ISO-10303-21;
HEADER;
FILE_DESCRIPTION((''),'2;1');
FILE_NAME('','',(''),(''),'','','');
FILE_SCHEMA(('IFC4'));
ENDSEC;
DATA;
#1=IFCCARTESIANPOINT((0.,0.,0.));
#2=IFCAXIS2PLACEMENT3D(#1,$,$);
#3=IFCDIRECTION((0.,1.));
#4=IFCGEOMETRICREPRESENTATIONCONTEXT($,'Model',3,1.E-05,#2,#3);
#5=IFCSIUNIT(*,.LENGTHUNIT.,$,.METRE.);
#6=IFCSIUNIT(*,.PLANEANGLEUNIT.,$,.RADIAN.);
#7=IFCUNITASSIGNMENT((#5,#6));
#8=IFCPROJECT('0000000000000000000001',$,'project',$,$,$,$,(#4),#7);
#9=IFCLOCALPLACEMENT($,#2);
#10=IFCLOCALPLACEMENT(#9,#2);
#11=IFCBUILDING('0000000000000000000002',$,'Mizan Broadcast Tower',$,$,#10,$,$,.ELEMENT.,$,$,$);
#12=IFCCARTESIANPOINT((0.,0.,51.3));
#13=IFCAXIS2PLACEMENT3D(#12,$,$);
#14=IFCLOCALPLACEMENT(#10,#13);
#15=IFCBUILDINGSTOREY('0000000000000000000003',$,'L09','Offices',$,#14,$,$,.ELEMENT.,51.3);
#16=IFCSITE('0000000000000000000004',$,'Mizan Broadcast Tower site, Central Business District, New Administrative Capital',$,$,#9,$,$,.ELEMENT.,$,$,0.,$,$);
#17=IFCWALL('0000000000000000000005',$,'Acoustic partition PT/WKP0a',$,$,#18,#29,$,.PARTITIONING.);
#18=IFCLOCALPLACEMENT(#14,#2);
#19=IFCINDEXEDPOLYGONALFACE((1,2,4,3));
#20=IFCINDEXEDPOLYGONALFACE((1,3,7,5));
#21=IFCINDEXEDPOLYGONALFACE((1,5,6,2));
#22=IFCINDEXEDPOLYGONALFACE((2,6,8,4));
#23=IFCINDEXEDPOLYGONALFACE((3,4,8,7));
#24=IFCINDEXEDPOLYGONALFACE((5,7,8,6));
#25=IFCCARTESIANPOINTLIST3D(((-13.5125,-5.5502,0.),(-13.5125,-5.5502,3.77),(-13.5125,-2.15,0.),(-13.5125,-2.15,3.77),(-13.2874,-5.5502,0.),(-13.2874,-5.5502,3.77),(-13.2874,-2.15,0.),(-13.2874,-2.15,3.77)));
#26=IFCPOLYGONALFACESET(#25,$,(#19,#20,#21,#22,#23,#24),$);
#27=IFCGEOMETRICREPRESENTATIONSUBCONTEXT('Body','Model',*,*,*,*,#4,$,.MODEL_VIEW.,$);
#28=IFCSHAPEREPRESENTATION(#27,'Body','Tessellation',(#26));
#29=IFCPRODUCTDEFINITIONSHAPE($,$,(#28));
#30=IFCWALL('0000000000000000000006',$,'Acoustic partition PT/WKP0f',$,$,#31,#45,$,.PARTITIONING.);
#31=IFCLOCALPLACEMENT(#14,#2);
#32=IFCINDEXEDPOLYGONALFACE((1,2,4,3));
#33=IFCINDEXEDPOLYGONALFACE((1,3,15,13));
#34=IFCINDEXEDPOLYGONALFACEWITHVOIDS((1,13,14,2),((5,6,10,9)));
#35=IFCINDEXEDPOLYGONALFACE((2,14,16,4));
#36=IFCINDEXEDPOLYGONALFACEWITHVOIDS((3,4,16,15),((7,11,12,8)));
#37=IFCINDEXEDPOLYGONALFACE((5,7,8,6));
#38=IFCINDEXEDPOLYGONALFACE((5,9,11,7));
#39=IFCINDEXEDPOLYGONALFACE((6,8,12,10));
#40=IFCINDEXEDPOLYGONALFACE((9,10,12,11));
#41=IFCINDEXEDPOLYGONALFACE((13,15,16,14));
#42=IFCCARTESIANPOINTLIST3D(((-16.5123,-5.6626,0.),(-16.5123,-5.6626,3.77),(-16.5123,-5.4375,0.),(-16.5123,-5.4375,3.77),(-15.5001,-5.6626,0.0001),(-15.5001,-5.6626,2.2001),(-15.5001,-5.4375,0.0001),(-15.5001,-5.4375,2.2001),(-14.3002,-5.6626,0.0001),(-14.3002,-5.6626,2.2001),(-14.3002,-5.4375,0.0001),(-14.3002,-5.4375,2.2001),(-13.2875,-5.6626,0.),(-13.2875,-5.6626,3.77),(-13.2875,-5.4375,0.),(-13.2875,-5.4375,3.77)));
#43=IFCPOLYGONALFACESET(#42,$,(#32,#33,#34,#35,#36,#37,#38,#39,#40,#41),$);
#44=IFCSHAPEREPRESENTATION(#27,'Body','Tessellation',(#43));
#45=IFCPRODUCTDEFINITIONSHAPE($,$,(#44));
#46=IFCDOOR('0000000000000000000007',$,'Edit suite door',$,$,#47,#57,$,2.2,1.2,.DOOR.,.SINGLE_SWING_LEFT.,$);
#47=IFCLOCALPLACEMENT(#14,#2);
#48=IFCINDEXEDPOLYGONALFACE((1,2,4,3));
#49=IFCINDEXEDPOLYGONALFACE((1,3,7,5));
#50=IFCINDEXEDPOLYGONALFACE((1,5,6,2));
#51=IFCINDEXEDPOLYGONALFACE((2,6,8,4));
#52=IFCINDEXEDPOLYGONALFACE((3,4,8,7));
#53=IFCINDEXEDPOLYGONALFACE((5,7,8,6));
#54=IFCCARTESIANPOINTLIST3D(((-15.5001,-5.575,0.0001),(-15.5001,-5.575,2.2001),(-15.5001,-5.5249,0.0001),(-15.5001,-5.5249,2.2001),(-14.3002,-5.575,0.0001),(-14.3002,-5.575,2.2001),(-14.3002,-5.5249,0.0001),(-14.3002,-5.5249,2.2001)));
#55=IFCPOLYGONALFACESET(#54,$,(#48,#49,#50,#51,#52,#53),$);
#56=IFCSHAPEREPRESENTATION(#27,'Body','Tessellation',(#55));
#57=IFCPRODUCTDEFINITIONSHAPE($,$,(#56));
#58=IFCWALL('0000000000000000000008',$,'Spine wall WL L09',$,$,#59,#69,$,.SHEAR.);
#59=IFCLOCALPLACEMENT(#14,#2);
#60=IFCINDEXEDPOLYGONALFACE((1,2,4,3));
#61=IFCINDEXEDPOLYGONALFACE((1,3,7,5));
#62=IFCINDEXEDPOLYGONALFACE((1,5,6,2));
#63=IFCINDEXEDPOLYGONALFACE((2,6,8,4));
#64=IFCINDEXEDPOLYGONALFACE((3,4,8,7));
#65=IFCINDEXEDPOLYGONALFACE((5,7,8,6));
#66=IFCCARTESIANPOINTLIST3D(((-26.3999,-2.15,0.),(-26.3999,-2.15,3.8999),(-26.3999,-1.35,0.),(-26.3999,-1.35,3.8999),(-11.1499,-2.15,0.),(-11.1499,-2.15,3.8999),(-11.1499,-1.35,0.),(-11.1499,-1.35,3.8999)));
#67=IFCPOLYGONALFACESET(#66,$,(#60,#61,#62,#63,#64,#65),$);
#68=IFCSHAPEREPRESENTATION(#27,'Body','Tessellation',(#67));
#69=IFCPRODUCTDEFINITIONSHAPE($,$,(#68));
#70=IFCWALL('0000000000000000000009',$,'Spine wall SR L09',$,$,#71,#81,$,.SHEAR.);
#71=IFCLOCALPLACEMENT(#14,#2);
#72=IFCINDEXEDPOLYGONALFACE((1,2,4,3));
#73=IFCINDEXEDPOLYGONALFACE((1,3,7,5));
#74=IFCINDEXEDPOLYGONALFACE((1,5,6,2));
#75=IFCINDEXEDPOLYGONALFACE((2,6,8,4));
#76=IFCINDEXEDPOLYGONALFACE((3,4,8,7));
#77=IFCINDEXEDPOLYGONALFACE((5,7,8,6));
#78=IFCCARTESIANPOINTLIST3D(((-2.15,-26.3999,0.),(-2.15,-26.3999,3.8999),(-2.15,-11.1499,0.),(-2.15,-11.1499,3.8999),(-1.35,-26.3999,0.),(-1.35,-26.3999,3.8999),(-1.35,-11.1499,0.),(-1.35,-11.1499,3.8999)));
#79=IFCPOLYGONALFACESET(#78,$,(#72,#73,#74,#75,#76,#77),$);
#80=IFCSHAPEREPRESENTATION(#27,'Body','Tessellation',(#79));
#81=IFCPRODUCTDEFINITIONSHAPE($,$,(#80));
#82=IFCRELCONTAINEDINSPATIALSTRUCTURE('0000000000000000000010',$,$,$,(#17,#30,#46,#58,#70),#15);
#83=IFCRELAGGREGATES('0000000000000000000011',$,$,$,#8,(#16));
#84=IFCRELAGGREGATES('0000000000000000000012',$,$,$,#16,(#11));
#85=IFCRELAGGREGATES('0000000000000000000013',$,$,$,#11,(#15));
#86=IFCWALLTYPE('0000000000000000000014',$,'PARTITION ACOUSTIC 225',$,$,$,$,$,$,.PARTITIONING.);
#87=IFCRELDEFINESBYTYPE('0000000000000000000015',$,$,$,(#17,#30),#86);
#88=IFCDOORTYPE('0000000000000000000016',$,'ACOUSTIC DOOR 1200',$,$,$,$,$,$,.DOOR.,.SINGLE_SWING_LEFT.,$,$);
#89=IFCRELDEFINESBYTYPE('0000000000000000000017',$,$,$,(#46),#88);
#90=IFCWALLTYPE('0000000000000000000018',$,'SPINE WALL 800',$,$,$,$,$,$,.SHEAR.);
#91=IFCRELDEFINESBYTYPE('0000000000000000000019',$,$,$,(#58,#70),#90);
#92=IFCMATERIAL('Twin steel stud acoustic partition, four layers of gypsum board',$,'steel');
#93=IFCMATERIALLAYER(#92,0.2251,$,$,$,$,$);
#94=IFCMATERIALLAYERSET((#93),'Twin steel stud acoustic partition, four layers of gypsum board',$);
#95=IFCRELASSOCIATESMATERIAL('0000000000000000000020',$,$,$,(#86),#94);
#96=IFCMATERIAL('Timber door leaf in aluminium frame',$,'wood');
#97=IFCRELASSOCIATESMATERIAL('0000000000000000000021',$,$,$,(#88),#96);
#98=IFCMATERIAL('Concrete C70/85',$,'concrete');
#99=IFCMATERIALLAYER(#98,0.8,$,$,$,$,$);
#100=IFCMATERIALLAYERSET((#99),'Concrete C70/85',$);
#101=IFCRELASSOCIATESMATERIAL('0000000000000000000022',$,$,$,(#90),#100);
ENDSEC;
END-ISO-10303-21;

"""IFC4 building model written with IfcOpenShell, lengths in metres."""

from ifc_helpers import new_model, si_unit, direction, frame, frame_2d, origin, place, context, subcontext, project, spatial, rectangle, extrude, material, layer, layer_set, type_object, element, fill, save


model = new_model("IFC4")

# Units and contexts
model_context = context("Model", 3, precision=1e-05, world=origin(), true_north=direction((0.0, 1.0)))
body_context = subcontext(model_context, "Body", "Model", "MODEL_VIEW")
ifc_project = project(units=[si_unit("LENGTHUNIT", "METRE"), si_unit("PLANEANGLEUNIT", "RADIAN")], contexts=[model_context])

# Site, building, storey
site_placement = place(None, origin())
site = spatial("IfcSite", under=ifc_project, at=site_placement, Name="Mizan Broadcast Tower site, Central Business District, New Administrative Capital", CompositionType="ELEMENT", RefElevation=0.0)
building_placement = place(site_placement, origin())
building = spatial("IfcBuilding", under=site, at=building_placement, Name="Mizan Broadcast Tower", CompositionType="ELEMENT")
storey_placement = place(building_placement, frame((0.0, 0.0, 51.3)))
storey = spatial("IfcBuildingStorey", under=building, at=storey_placement, Name="L09", Description="Offices", CompositionType="ELEMENT", Elevation=51.3)

# Wall
ifc_material_1 = material(Name="Twin steel stud acoustic partition, four layers of gypsum board", Category="steel")
ifc_layer_1 = layer(ifc_material_1, 0.2251)
ifc_layer_set_1 = layer_set([ifc_layer_1], Name="Twin steel stud acoustic partition, four layers of gypsum board")
wall_type_1 = type_object("IfcWallType", Name="PARTITION ACOUSTIC 225", PredefinedType="PARTITIONING", material=ifc_layer_set_1)
wall_1_placement = place(storey_placement, frame((-13.3999, -2.1499, 0.0), z_axis=(0.0, 0.0, 1.0), x_axis=(0.0, -1.0, 0.0)))
element("IfcWall", 1, at=wall_1_placement, inside=storey, type_object=wall_type_1, Name="Acoustic partition PT/WKP0a", PredefinedType="PARTITIONING", context=body_context, shape_type="SweptSolid", body=[
    extrude(rectangle(XDim=3.4001, YDim=0.2251, at=frame_2d((1.7002, 0.0))), origin(), (0.0, 0.0, 1.0), 3.77),
])

# Wall, opening, door
wall_2_placement = place(storey_placement, frame((-13.2876, -5.55, 0.0), z_axis=(0.0, 0.0, 1.0), x_axis=(-1.0, 0.0, 0.0)))
wall_2 = element("IfcWall", 2, at=wall_2_placement, inside=storey, type_object=wall_type_1, Name="Acoustic partition PT/WKP0f", PredefinedType="PARTITIONING", context=body_context, shape_type="SweptSolid", body=[
    extrude(rectangle(XDim=3.2249, YDim=0.2251, at=frame_2d((1.6123, 0.0))), origin(), (0.0, 0.0, 1.0), 3.77),
])
opening_1_placement = place(wall_2_placement, frame((1.0125, 0.0, 0.0)))
opening_1 = element("IfcOpeningElement", 3, at=opening_1_placement, cuts=wall_2, PredefinedType="OPENING", context=body_context, shape_type="SweptSolid", body=[
    extrude(rectangle(XDim=1.2, YDim=2.2, at=frame_2d((0.6001, 1.1001))), frame((0.0, 0.1226, 0.0), z_axis=(0.0, -1.0, 0.0), x_axis=(1.0, 0.0, 0.0)), (0.0, 0.0, 1.0), 0.2451),
])
ifc_material_2 = material(Name="Timber door leaf in aluminium frame", Category="wood")
door_type_1 = type_object("IfcDoorType", Name="ACOUSTIC DOOR 1200", OperationType="SINGLE_SWING_LEFT", PredefinedType="DOOR", material=ifc_material_2)
door_1_placement = place(opening_1_placement, origin())
door_1 = element("IfcDoor", 4, at=door_1_placement, inside=storey, type_object=door_type_1, Name="Edit suite door", OperationType="SINGLE_SWING_LEFT", OverallHeight=2.2, OverallWidth=1.2, PredefinedType="DOOR", context=body_context, shape_type="SweptSolid", body=[
    extrude(rectangle(XDim=1.2, YDim=2.2, at=frame_2d((0.6001, 1.1001))), frame((0.0, 0.0249, 0.0), z_axis=(0.0, -1.0, 0.0), x_axis=(1.0, 0.0, 0.0)), (0.0, 0.0, 1.0), 0.05),
])
fill(opening_1, door_1)

# Walls
ifc_material_3 = material(Name="Concrete C70/85", Category="concrete")
ifc_layer_2 = layer(ifc_material_3, 0.8)
ifc_layer_set_2 = layer_set([ifc_layer_2], Name="Concrete C70/85")
wall_type_2 = type_object("IfcWallType", Name="SPINE WALL 800", PredefinedType="SHEAR", material=ifc_layer_set_2)
for number, where, z_axis, x_axis, name in (
    (5, (-11.1499, -1.75, 0.0), (0.0, 0.0, 1.0), (-1.0, 0.0, 0.0), "Spine wall WL L09"),
    (6, (-1.75, -11.1499, 0.0), (0.0, 0.0, 1.0), (0.0, -1.0, 0.0), "Spine wall SR L09"),
):
    element("IfcWall", number, at=place(storey_placement, frame(where, z_axis=z_axis, x_axis=x_axis)), inside=storey, type_object=wall_type_2, Name=name, PredefinedType="SHEAR", context=body_context, shape_type="SweptSolid", body=[
        extrude(rectangle(XDim=15.25, YDim=0.8, at=frame_2d((7.625, 0.0))), origin(), (0.0, 0.0, 1.0), 3.8999),
    ])

save(model, "model.ifc")
